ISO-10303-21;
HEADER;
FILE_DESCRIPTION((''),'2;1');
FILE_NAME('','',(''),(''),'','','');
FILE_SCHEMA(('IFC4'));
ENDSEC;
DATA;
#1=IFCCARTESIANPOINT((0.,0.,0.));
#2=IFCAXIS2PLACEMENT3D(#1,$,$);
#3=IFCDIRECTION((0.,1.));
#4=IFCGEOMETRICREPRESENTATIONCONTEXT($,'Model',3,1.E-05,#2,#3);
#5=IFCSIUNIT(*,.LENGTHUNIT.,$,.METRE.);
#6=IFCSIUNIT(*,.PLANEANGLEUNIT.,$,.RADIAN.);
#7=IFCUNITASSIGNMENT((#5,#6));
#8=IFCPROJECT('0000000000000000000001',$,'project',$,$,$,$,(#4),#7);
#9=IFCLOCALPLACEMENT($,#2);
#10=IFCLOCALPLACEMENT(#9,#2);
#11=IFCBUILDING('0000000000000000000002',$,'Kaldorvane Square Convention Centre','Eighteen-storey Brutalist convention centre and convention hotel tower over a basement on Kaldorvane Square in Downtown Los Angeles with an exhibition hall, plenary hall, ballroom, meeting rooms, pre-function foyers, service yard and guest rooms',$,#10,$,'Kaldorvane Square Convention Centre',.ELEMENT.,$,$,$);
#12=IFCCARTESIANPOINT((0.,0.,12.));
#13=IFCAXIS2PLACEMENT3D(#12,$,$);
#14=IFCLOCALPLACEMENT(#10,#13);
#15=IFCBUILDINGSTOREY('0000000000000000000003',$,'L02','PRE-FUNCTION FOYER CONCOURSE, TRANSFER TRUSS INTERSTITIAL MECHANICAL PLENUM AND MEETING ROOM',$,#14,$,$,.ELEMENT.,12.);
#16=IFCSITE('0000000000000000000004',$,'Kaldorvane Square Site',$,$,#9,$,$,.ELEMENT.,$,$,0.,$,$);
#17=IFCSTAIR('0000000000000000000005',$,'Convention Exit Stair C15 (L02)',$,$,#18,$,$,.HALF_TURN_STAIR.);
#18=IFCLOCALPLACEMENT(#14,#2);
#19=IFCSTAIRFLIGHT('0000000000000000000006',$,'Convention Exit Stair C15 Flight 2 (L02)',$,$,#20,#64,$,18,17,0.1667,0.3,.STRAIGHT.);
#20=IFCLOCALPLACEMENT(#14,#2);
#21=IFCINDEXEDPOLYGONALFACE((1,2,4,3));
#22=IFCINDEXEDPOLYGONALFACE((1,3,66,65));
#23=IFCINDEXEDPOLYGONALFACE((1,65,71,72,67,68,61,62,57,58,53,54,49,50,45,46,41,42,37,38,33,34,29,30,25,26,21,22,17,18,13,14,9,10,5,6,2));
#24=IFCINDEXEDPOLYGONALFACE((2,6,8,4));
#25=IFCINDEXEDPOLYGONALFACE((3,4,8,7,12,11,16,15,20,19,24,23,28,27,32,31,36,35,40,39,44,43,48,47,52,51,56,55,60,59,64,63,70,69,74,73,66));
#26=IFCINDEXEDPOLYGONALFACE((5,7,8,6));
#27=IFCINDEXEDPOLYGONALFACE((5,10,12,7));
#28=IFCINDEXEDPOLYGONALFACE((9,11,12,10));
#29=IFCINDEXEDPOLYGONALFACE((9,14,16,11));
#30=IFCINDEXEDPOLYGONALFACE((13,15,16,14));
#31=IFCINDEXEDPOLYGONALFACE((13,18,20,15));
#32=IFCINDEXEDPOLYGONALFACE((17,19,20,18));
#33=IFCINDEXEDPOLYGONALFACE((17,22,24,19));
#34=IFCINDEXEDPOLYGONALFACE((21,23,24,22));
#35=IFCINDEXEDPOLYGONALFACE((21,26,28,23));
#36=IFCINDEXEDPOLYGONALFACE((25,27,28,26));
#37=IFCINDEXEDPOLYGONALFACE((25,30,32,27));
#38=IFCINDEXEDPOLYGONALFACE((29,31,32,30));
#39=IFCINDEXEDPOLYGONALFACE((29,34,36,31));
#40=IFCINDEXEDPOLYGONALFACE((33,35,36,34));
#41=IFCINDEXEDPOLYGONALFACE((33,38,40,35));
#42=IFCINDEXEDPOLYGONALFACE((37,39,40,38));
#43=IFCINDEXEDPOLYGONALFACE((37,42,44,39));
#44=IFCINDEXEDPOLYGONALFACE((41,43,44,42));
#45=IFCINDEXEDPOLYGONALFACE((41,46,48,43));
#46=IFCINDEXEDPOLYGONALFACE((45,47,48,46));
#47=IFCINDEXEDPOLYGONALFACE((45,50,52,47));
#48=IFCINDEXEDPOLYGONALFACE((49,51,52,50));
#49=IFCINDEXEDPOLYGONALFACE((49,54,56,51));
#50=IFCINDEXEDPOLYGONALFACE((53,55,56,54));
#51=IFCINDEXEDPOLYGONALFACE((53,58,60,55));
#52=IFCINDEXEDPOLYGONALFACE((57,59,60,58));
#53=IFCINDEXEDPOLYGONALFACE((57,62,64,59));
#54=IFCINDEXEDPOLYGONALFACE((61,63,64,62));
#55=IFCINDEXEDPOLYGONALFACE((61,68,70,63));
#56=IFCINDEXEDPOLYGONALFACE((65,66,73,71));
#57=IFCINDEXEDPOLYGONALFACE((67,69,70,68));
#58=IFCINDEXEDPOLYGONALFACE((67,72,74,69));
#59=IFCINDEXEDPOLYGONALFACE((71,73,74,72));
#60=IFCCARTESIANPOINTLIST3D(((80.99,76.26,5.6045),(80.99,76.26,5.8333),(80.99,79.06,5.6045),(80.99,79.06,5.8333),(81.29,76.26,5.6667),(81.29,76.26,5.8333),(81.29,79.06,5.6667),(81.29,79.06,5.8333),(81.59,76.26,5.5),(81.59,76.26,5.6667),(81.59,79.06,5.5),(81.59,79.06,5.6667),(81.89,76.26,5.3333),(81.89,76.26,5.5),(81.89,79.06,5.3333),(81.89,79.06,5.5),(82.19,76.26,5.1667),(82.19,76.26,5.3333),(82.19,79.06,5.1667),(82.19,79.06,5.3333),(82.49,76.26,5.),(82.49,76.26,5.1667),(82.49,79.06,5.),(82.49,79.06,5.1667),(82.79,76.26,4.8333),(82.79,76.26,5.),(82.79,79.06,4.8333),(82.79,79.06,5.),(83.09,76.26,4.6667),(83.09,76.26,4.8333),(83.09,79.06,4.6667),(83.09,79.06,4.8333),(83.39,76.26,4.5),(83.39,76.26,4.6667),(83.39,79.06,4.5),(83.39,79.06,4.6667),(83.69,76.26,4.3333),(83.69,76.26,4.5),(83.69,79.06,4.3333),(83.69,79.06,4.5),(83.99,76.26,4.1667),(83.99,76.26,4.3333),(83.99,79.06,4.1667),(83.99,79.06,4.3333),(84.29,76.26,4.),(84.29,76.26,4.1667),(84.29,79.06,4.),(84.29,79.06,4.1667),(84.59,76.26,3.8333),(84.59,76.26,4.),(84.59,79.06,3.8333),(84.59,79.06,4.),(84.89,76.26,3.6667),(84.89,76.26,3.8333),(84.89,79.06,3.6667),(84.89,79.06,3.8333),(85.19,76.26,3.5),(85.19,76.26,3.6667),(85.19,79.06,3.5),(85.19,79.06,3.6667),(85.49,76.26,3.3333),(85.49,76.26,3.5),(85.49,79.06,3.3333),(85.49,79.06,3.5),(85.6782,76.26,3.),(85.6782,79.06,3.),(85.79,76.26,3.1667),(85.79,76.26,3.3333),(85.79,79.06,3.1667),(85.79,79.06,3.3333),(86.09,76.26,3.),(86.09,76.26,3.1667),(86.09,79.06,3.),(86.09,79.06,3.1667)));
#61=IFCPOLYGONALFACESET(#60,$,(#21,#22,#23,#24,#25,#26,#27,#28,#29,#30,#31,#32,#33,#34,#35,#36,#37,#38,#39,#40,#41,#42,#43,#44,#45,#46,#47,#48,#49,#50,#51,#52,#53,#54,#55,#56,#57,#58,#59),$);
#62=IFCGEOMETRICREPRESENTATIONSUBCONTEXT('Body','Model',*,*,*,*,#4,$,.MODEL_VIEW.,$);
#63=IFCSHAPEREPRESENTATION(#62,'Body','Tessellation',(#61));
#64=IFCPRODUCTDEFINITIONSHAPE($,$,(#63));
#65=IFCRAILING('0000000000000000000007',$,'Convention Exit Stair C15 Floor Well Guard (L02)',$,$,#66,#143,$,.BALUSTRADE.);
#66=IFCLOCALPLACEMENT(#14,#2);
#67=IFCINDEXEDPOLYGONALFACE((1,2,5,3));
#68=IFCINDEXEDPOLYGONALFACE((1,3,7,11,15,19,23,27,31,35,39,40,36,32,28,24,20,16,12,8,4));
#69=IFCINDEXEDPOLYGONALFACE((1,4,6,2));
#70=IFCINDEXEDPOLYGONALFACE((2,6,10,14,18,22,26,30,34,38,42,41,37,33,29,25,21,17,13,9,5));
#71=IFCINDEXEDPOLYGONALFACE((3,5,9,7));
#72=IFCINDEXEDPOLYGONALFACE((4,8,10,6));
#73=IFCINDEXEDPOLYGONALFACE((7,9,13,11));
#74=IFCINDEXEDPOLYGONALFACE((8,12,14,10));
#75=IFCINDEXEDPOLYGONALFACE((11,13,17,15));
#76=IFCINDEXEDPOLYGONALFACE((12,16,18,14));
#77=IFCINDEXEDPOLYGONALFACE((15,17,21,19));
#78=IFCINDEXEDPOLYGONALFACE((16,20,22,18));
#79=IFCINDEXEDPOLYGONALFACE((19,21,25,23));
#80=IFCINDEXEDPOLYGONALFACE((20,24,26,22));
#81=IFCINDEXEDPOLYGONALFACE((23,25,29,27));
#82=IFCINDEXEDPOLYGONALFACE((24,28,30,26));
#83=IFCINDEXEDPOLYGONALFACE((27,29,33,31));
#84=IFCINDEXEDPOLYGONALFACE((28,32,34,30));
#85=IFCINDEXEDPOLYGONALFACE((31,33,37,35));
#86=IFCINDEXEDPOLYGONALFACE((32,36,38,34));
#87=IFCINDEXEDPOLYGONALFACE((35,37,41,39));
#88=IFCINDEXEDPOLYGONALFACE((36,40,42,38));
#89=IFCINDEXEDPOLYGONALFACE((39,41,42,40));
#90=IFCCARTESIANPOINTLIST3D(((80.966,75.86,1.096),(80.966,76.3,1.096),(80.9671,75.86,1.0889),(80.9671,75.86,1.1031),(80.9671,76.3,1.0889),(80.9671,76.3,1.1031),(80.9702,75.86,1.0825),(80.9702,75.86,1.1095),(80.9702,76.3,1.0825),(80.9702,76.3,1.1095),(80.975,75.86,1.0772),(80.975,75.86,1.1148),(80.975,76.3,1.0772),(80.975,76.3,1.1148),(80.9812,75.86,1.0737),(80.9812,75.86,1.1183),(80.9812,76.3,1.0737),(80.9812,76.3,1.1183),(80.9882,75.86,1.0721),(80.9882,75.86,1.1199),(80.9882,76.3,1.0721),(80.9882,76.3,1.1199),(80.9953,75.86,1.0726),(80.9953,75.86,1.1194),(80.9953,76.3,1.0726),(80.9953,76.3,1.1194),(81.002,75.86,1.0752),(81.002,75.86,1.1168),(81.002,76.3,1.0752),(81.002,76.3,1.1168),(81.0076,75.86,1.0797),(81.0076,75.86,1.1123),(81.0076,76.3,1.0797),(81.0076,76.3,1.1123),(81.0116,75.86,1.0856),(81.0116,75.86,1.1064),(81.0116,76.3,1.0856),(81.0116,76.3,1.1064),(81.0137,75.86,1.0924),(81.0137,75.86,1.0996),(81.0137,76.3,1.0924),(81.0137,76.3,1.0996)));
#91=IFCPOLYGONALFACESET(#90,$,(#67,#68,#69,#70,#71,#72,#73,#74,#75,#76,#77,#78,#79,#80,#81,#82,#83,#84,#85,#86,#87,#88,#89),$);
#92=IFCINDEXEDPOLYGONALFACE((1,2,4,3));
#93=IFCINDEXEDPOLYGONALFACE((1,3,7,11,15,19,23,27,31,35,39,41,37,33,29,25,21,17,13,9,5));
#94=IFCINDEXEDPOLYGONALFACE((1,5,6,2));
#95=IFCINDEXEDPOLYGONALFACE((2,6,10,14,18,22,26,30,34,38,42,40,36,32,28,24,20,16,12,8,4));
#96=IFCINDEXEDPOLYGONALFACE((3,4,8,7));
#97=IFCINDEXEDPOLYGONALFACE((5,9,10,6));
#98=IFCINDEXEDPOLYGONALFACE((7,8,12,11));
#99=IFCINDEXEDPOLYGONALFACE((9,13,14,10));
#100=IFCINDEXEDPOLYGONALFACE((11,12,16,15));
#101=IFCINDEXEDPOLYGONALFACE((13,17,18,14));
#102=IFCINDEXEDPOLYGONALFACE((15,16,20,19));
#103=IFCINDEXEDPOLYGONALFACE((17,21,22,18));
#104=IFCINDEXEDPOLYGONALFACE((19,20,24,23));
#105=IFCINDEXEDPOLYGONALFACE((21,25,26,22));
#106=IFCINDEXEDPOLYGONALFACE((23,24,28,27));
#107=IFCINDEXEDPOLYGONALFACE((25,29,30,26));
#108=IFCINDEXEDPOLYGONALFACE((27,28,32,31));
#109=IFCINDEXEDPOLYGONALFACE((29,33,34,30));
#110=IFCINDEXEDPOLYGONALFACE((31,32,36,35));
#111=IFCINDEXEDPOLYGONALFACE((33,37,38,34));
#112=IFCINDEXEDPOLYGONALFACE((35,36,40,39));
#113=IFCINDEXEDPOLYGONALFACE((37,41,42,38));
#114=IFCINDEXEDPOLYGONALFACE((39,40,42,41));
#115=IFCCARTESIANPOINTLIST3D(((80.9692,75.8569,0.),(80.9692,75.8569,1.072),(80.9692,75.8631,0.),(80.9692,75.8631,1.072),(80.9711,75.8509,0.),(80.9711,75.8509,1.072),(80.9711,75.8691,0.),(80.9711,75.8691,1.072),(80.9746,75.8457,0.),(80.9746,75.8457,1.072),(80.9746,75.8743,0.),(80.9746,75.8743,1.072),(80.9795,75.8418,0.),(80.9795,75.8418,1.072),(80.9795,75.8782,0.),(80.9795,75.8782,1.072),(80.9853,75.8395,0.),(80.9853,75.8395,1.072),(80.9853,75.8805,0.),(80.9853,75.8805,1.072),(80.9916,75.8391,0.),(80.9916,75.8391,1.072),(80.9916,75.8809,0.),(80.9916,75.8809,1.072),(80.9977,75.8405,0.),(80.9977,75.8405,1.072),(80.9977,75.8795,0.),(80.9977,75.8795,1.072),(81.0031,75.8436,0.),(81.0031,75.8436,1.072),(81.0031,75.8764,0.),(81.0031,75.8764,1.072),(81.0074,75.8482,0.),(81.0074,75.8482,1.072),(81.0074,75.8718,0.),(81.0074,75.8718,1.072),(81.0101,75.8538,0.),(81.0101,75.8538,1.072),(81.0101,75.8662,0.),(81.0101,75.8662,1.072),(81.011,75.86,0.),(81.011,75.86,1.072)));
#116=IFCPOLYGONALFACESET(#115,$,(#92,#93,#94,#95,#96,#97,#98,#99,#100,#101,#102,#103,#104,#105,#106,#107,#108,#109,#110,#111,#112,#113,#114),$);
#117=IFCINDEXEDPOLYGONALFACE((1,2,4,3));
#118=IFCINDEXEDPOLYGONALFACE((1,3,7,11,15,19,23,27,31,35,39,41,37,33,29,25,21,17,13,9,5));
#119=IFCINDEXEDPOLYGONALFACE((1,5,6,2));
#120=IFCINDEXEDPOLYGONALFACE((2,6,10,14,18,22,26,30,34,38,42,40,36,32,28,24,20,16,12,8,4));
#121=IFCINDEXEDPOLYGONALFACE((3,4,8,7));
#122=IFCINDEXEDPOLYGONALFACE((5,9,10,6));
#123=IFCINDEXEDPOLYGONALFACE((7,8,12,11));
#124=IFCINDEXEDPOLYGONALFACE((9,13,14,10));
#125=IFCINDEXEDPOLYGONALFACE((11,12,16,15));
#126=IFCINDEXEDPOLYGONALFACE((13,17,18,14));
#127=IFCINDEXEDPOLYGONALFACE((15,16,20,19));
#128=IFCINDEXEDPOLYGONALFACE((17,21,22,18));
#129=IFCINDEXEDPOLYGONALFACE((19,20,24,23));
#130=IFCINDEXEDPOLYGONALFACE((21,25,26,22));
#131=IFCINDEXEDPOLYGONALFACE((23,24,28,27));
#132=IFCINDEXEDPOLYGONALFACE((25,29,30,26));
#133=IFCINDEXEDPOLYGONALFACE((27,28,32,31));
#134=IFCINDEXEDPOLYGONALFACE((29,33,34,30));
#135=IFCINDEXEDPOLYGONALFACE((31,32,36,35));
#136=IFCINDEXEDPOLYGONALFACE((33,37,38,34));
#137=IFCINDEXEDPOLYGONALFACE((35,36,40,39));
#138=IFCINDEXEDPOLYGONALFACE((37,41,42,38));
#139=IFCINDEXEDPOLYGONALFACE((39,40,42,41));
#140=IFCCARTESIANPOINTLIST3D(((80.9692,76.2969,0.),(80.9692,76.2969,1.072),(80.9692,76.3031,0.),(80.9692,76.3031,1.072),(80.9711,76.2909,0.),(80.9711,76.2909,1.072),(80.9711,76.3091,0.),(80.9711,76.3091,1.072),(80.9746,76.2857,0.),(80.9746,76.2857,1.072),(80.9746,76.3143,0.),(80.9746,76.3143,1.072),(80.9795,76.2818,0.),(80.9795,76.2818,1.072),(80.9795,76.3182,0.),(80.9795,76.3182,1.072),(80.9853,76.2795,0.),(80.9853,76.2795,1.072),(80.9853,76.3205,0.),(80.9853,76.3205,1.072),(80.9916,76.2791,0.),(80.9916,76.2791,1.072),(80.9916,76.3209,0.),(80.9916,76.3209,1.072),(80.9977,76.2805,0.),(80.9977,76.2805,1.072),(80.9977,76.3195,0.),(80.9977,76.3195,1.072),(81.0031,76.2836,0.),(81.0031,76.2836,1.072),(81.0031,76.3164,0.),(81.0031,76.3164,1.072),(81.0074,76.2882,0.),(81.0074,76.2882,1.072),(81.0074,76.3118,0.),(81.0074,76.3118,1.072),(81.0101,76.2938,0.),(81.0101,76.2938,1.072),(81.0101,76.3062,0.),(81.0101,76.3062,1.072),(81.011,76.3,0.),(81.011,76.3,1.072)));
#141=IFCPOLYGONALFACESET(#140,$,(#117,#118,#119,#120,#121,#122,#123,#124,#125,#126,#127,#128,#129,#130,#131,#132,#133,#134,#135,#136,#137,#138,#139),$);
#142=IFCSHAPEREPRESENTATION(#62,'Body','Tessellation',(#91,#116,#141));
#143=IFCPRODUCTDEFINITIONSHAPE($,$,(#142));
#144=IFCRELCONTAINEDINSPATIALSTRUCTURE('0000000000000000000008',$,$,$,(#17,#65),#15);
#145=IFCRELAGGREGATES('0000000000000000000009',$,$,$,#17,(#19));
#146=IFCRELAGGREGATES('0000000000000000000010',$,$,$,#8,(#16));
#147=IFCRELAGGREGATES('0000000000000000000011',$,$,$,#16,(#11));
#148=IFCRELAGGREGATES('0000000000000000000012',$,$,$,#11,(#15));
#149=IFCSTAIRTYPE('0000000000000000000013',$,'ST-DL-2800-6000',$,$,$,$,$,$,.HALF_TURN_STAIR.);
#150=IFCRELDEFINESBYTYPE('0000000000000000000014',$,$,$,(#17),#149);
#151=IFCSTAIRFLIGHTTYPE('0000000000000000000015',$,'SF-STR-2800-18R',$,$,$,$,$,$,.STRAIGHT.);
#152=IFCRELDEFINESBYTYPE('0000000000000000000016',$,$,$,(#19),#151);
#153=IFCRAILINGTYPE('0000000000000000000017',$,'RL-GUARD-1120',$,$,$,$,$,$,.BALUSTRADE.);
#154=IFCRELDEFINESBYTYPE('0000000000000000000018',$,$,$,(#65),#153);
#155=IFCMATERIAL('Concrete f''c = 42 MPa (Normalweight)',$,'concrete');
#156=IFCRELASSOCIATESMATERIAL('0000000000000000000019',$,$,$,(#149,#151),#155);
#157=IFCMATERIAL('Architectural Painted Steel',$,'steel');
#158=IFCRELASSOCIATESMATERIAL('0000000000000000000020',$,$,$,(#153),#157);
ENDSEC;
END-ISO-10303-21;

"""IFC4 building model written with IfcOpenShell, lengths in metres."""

from ifc_helpers import new_model, si_unit, direction, frame, origin, origin_2d, place, context, subcontext, project, spatial, polyline, circle, outline, extrude, material, type_object, element, aggregate, save


model = new_model("IFC4")

# Units and contexts
model_context = context("Model", 3, precision=1e-05, world=origin(), true_north=direction((0.0, 1.0)))
body_context = subcontext(model_context, "Body", "Model", "MODEL_VIEW")
ifc_project = project(units=[si_unit("LENGTHUNIT", "METRE"), si_unit("PLANEANGLEUNIT", "RADIAN")], contexts=[model_context])

# Site, building, storey
site_placement = place(None, origin())
site = spatial("IfcSite", under=ifc_project, at=site_placement, Name="Kaldorvane Square Site", CompositionType="ELEMENT", RefElevation=0.0)
building_placement = place(site_placement, origin())
building = spatial("IfcBuilding", under=site, at=building_placement, Name="Kaldorvane Square Convention Centre", Description="Eighteen-storey Brutalist convention centre and convention hotel tower over a basement on Kaldorvane Square in Downtown Los Angeles with an exhibition hall, plenary hall, ballroom, meeting rooms, pre-function foyers, service yard and guest rooms", LongName="Kaldorvane Square Convention Centre", CompositionType="ELEMENT")
storey_placement = place(building_placement, frame((0.0, 0.0, 12.0)))
storey = spatial("IfcBuildingStorey", under=building, at=storey_placement, Name="L02", Description="PRE-FUNCTION FOYER CONCOURSE, TRANSFER TRUSS INTERSTITIAL MECHANICAL PLENUM AND MEETING ROOM", CompositionType="ELEMENT", Elevation=12.0)

# Stair, stair flight
ifc_material_1 = material(Name="Concrete f'c = 42 MPa (Normalweight)", Category="concrete")
stair_type = type_object("IfcStairType", Name="ST-DL-2800-6000", PredefinedType="HALF_TURN_STAIR", material=ifc_material_1)
stair_placement = place(storey_placement, origin())
stair = element("IfcStair", 1, at=stair_placement, inside=storey, type_object=stair_type, Name="Convention Exit Stair C15 (L02)", PredefinedType="HALF_TURN_STAIR")
stair_flight_type = type_object("IfcStairFlightType", Name="SF-STR-2800-18R", PredefinedType="STRAIGHT", material=ifc_material_1)
stair_flight_1_placement = place(storey_placement, frame((86.09, 77.66, 3.0), z_axis=(0.0, 0.0, 1.0), x_axis=(-1.0, 0.0, 0.0)))
stair_flight_1 = element("IfcStairFlight", 2, at=stair_flight_1_placement, type_object=stair_flight_type, Name="Convention Exit Stair C15 Flight 2 (L02)", NumberOfRisers=18, NumberOfTreads=17, PredefinedType="STRAIGHT", RiserHeight=0.1667, TreadLength=0.3, context=body_context, shape_type="SweptSolid", body=[
    extrude(outline(polyline([(0.0, 0.0), (0.0, 0.1667), (0.3, 0.1667), (0.3, 0.3333), (0.6, 0.3333), (0.6, 0.5), (0.9, 0.5), (0.9, 0.6667), (1.2, 0.6667), (1.2, 0.8333), (1.5, 0.8333), (1.5, 1.0), (1.8, 1.0), (1.8, 1.1667), (2.1, 1.1667), (2.1, 1.3333), (2.4, 1.3333), (2.4, 1.5), (2.7, 1.5), (2.7, 1.6667), (3.0, 1.6667), (3.0, 1.8333), (3.3, 1.8333), (3.3, 2.0), (3.6, 2.0), (3.6, 2.1667), (3.9, 2.1667), (3.9, 2.3333), (4.2, 2.3333), (4.2, 2.5), (4.5, 2.5), (4.5, 2.6667), (4.8, 2.6667), (4.8, 2.8333), (5.1, 2.8333), (5.1, 3.0), (5.1, 2.6045), (0.4118, 0.0), (0.0, 0.0)])), frame((0.0, 1.4, 0.0), z_axis=(0.0, -1.0, 0.0), x_axis=(1.0, 0.0, 0.0)), (0.0, 0.0, 1.0), 2.8),
])
aggregate(stair, [stair_flight_1])

# Railing
ifc_material_2 = material(Name="Architectural Painted Steel", Category="steel")
railing_type_1 = type_object("IfcRailingType", Name="RL-GUARD-1120", PredefinedType="BALUSTRADE", material=ifc_material_2)
for number, where, name in (
    (3, (80.99, 75.86, 0.0), "Convention Exit Stair C15 Floor Well Guard (L02)"),
):
    element("IfcRailing", number, at=place(storey_placement, frame(where)), inside=storey, type_object=railing_type_1, Name=name, PredefinedType="BALUSTRADE", context=body_context, shape_type="SweptSolid", body=[
        extrude(circle(Radius=0.024, at=origin_2d()), frame((0.0, 0.0, 1.096), z_axis=(0.0, 1.0, 0.0), x_axis=(-1.0, 0.0, 0.0)), (0.0, 0.0, 1.0), 0.44),
        extrude(circle(Radius=0.021, at=origin_2d()), origin(), (0.0, 0.0, 1.0), 1.072),
        extrude(circle(Radius=0.021, at=origin_2d()), frame((0.0, 0.44, 0.0)), (0.0, 0.0, 1.0), 1.072),
    ])

save(model, "model.ifc")
